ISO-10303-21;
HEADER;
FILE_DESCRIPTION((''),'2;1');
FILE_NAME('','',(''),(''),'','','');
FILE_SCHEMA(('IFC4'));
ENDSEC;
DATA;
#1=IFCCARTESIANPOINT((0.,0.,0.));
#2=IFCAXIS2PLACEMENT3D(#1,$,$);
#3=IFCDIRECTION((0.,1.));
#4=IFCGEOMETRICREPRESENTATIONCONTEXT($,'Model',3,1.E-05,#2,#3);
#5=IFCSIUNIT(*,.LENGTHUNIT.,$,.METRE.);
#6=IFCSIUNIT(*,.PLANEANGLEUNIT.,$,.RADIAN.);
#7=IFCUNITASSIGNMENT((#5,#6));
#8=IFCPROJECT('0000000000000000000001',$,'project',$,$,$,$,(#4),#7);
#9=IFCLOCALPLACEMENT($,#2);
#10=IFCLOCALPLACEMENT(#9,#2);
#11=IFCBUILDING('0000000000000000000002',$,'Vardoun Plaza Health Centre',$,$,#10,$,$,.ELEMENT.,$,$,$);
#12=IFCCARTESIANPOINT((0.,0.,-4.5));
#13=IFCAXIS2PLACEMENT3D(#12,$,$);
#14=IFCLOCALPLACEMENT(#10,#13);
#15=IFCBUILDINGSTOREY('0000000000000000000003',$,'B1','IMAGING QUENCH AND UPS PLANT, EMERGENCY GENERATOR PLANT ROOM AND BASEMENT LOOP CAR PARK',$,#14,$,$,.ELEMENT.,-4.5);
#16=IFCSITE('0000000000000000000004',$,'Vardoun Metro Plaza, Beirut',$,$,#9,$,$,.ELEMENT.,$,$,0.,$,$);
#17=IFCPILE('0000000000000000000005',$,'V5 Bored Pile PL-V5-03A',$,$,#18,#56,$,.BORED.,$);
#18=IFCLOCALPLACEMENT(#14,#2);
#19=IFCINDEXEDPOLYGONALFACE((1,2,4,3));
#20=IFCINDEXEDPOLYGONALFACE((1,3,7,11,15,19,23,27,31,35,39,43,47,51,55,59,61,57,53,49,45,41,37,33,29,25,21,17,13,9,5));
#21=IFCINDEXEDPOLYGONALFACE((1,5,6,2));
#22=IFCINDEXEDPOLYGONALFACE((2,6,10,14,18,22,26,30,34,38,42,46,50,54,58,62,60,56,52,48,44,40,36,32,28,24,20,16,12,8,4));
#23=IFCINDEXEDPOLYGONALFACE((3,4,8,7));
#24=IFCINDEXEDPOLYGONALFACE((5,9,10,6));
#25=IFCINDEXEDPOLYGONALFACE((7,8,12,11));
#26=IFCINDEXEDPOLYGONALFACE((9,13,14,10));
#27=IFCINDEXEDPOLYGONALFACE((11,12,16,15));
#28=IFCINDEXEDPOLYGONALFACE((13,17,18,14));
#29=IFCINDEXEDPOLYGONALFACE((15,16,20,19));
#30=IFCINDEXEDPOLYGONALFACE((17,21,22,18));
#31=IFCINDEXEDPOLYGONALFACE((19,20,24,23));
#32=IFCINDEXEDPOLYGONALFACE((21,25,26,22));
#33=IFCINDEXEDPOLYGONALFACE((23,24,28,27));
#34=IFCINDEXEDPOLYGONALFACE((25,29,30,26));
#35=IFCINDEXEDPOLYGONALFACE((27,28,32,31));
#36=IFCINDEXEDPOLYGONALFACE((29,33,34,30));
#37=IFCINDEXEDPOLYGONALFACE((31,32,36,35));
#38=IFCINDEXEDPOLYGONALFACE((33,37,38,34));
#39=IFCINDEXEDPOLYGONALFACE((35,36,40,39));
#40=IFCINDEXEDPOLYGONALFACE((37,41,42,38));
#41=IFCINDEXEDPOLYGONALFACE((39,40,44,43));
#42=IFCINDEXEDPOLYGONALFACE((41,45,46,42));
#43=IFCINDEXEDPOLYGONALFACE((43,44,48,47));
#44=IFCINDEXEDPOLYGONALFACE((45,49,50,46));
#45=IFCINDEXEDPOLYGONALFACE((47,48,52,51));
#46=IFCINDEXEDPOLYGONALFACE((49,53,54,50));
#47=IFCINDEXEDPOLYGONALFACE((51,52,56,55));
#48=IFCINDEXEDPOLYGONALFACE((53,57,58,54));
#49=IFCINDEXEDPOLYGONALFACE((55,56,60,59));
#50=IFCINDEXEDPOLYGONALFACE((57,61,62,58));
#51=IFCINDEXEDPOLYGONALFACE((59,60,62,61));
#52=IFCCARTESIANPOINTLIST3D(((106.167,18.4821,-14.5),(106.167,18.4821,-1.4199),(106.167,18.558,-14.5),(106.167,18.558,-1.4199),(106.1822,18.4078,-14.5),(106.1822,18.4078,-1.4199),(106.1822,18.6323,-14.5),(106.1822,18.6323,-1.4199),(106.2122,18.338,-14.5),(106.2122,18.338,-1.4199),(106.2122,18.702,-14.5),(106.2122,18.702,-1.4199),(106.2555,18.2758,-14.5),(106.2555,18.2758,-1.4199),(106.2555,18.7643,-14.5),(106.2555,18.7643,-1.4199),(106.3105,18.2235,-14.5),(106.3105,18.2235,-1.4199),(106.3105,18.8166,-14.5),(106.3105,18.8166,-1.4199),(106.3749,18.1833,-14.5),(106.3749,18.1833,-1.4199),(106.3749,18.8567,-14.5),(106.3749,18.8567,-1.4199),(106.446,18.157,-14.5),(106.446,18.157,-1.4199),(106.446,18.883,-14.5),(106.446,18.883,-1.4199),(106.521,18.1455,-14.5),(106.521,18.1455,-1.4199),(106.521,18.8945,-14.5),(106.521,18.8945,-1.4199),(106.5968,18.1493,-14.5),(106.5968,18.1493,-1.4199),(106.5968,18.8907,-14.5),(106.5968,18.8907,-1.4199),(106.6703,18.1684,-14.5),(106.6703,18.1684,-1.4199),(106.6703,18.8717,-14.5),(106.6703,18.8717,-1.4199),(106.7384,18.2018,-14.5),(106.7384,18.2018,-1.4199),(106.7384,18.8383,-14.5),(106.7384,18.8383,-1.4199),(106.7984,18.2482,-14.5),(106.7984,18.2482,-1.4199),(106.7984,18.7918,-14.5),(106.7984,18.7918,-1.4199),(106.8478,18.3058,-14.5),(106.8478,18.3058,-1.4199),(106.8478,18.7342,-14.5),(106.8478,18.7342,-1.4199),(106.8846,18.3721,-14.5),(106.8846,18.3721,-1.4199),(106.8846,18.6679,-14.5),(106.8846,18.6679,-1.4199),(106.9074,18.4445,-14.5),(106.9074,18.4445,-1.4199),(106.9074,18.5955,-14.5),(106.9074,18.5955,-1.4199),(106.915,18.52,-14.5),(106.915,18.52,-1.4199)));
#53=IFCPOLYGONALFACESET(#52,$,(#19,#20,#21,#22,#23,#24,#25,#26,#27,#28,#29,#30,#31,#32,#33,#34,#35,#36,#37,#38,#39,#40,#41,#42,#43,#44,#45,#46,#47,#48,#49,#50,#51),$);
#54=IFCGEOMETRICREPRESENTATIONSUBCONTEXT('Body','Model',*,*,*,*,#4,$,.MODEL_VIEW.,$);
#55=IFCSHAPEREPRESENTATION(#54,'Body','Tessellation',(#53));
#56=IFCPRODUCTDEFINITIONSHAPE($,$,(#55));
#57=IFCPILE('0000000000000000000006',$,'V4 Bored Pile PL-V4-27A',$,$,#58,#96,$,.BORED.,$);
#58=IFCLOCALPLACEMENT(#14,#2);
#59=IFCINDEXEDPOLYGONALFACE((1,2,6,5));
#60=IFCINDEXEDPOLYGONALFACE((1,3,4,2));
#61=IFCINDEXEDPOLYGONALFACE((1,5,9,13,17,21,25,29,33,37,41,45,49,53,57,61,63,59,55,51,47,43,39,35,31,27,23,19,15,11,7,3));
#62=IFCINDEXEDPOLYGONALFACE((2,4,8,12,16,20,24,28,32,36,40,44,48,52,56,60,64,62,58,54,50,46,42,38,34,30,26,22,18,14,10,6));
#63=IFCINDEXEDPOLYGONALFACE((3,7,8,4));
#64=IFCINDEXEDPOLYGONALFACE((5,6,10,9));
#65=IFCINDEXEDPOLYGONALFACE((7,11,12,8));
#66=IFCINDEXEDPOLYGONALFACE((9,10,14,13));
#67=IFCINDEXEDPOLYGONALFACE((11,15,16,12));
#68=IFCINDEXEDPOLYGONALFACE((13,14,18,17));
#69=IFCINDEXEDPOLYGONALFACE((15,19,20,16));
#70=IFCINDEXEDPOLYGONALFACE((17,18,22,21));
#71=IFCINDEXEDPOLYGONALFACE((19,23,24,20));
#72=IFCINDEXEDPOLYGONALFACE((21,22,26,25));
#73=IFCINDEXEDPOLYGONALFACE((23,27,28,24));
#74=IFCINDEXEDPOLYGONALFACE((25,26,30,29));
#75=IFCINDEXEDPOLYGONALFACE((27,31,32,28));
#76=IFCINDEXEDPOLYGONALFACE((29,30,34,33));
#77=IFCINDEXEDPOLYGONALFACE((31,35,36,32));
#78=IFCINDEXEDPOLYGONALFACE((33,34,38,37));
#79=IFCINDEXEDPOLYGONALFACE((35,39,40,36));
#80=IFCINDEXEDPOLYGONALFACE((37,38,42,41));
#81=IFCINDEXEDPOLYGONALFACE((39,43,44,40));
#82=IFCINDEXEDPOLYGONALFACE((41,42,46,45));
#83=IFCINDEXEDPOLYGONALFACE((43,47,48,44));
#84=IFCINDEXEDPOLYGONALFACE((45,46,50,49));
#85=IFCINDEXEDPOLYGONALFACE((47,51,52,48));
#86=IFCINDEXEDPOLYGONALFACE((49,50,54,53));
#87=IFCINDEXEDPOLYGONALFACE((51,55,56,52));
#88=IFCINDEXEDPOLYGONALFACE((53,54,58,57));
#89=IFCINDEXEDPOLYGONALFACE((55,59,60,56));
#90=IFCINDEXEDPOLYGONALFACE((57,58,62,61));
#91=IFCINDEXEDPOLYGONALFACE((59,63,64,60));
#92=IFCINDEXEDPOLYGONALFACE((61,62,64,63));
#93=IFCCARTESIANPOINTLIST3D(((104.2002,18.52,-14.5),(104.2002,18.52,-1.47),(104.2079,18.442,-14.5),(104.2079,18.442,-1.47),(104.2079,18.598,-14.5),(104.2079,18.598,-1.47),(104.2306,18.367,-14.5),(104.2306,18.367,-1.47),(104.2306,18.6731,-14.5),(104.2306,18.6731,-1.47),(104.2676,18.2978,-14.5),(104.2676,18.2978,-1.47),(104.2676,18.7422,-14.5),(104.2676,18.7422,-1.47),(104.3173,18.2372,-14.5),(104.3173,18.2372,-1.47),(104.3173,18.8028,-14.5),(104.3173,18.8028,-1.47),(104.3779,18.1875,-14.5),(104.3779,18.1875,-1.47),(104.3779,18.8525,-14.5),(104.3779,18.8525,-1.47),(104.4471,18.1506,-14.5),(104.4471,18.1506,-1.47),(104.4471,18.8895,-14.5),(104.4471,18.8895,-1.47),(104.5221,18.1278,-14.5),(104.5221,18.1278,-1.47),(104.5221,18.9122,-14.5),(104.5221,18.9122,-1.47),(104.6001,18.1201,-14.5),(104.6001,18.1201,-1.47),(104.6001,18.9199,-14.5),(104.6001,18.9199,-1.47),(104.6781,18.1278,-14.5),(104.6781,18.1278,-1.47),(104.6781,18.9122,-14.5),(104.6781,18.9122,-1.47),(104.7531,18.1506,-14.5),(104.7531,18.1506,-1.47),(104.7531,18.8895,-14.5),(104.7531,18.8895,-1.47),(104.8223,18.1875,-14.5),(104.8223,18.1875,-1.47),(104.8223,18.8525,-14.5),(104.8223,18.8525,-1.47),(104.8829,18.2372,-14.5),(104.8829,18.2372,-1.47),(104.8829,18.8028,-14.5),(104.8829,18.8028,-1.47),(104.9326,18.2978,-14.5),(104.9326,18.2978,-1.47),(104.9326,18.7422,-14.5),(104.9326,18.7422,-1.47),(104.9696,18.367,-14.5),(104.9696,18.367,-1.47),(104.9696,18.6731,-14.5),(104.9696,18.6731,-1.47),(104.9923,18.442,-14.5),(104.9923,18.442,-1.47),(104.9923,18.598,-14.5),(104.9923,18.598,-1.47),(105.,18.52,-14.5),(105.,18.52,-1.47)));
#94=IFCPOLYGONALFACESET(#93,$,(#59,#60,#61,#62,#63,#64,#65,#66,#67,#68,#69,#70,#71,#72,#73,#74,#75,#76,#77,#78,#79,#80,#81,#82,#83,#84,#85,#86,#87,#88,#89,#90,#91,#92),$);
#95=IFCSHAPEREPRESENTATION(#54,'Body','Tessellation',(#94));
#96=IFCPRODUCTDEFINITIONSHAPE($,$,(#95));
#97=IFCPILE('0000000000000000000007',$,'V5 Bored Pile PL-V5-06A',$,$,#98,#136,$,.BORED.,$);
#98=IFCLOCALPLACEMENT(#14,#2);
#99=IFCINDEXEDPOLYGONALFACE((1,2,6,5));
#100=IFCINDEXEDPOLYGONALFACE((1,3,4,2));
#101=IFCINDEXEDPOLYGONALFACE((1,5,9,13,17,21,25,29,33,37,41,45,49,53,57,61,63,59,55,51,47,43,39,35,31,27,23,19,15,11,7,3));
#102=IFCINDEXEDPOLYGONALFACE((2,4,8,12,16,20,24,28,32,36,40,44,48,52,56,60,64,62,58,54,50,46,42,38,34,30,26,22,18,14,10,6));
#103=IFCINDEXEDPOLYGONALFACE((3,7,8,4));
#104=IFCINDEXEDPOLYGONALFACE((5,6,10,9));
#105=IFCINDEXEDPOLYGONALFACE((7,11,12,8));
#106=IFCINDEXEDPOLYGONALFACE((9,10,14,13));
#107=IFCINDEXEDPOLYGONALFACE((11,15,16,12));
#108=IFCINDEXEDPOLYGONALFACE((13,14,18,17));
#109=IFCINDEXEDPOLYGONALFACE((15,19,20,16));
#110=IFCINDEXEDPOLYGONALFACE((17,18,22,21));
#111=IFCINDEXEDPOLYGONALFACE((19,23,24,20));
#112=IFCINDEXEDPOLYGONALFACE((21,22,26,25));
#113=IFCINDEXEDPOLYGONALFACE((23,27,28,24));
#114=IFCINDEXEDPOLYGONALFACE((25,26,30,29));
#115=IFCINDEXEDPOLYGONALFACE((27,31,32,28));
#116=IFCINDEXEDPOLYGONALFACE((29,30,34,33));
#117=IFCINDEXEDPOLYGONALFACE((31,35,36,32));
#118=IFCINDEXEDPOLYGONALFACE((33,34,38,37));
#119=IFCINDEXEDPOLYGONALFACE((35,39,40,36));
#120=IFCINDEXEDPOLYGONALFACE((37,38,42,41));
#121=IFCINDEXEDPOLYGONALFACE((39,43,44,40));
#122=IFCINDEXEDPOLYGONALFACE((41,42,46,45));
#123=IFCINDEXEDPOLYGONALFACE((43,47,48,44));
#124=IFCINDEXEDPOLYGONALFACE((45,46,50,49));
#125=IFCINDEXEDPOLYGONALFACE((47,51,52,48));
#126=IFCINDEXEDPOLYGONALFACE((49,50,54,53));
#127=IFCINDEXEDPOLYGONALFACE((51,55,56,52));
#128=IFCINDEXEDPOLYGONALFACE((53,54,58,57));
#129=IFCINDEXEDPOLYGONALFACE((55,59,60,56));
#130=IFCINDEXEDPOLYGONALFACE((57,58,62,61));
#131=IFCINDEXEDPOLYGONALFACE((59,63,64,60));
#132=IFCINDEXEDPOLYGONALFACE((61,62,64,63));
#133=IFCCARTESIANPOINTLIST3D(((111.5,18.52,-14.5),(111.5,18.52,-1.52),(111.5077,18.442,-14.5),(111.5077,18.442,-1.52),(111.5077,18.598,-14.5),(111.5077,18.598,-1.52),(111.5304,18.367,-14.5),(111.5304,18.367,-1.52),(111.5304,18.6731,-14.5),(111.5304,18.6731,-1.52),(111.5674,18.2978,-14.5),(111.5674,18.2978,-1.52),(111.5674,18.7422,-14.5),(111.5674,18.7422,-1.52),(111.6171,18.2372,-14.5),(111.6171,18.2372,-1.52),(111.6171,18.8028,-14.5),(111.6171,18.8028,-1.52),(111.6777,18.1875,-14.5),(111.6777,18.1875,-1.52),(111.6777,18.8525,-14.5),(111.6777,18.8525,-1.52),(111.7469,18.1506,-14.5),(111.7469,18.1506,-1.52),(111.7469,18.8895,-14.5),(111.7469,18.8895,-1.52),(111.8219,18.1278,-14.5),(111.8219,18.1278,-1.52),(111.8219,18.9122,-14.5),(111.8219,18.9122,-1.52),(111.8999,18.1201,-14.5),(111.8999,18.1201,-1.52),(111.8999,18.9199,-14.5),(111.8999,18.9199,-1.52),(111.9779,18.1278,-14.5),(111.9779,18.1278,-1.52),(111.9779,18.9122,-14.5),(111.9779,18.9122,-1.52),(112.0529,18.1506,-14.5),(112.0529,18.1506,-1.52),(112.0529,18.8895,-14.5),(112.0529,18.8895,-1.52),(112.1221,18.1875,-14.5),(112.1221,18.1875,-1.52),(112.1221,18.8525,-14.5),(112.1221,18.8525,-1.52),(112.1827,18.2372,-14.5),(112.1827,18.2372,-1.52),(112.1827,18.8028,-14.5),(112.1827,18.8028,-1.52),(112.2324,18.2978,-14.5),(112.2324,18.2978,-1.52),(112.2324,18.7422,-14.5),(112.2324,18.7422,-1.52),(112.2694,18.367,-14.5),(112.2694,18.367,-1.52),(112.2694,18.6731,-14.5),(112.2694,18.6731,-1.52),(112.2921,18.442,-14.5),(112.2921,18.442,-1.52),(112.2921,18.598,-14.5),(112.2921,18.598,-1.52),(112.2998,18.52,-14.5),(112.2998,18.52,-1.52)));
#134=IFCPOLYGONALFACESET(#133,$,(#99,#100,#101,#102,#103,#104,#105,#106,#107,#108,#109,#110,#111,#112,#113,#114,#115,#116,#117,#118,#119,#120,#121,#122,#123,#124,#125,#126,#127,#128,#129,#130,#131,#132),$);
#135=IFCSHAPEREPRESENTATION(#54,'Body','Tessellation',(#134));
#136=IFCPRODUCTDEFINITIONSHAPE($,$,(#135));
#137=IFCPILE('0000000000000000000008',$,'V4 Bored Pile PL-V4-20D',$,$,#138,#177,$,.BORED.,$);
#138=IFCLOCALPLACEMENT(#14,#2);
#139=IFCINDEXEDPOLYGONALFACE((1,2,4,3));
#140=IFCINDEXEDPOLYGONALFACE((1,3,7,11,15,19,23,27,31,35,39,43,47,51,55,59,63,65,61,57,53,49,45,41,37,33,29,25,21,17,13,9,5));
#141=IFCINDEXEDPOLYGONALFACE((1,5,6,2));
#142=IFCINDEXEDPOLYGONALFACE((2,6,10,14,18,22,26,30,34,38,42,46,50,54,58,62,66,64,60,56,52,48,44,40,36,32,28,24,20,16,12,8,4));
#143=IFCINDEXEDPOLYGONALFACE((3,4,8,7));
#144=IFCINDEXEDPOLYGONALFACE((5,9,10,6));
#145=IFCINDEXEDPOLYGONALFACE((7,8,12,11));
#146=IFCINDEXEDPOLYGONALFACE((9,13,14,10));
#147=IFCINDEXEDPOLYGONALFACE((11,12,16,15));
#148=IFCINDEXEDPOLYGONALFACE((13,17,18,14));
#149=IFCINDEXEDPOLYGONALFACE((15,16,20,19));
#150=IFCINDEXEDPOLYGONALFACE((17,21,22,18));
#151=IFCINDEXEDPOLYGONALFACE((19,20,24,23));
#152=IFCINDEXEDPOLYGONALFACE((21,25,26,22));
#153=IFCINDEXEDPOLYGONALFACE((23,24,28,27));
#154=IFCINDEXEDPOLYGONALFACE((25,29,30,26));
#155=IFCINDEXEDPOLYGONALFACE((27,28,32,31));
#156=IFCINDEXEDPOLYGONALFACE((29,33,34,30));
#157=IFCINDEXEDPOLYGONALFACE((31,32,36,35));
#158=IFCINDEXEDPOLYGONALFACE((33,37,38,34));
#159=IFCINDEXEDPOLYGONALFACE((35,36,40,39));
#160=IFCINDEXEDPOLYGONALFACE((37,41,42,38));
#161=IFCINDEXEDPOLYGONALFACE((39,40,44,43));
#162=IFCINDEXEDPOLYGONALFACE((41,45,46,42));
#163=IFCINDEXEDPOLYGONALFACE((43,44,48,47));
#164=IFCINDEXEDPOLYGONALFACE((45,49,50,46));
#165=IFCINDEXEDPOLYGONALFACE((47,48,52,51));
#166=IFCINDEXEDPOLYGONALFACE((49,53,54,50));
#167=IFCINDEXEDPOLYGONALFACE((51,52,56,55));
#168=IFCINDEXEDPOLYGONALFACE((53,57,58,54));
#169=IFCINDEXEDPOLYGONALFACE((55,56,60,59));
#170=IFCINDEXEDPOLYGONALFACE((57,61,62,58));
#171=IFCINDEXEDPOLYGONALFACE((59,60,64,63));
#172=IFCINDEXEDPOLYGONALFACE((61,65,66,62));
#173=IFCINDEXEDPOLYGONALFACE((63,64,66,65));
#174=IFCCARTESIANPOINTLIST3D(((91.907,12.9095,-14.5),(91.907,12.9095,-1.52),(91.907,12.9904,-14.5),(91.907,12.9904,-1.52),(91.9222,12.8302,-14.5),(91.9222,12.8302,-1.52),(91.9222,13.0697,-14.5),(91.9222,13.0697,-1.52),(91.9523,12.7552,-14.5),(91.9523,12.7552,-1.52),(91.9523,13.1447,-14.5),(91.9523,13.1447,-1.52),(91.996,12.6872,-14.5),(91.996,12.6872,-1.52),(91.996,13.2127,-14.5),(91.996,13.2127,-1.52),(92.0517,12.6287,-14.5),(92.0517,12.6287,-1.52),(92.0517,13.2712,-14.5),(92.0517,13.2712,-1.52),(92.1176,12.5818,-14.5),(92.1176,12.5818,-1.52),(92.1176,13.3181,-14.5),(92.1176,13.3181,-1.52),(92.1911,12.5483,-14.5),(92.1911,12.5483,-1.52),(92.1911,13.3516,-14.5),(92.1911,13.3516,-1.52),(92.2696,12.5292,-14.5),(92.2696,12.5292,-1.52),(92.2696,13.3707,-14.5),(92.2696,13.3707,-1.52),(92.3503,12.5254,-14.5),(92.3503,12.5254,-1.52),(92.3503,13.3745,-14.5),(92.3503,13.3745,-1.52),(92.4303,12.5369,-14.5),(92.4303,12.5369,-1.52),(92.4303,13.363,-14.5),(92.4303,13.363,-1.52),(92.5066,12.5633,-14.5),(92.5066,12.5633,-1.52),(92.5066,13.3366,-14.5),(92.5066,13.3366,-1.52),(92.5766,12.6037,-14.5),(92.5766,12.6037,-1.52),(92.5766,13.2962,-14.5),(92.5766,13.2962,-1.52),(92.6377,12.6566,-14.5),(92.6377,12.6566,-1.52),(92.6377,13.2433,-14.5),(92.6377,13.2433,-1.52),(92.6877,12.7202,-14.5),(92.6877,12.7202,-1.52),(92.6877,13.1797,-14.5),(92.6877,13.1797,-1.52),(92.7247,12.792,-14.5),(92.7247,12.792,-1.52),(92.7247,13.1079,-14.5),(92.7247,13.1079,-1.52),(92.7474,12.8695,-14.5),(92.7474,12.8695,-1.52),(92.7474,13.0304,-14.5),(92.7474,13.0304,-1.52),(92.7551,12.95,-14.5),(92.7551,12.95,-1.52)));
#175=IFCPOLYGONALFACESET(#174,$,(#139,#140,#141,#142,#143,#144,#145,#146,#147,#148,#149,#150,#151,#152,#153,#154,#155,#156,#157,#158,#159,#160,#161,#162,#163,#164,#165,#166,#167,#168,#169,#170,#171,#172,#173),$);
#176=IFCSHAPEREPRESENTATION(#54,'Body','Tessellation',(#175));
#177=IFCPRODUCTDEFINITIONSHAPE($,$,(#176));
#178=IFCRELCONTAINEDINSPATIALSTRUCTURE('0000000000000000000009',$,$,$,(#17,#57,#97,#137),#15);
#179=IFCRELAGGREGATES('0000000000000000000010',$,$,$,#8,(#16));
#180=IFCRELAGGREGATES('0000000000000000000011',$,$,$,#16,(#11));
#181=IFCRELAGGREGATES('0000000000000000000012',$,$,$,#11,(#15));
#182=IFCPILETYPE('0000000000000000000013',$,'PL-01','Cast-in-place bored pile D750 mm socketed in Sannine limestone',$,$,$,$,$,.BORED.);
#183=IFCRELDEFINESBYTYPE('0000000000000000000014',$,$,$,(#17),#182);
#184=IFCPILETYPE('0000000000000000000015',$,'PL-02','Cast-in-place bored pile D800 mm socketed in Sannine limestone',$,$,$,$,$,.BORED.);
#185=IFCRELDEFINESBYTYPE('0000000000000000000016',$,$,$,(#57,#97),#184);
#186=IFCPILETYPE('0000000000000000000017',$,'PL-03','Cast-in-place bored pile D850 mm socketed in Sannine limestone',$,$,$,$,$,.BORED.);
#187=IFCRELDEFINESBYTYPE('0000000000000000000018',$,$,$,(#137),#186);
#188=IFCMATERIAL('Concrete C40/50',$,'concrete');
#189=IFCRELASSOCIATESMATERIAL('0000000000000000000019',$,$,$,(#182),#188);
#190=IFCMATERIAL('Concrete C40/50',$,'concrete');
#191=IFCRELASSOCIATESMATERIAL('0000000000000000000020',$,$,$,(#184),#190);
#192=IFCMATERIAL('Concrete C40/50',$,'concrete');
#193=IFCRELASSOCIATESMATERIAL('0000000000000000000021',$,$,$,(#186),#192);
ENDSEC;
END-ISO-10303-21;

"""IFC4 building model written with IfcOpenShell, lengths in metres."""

from ifc_helpers import new_model, si_unit, direction, frame, origin, origin_2d, place, context, subcontext, project, spatial, circle, extrude, material, material_profile, profile_set, type_object, element, save


model = new_model("IFC4")

# Units and contexts
model_context = context("Model", 3, precision=1e-05, world=origin(), true_north=direction((0.0, 1.0)))
body_context = subcontext(model_context, "Body", "Model", "MODEL_VIEW")
ifc_project = project(units=[si_unit("LENGTHUNIT", "METRE"), si_unit("PLANEANGLEUNIT", "RADIAN")], contexts=[model_context])

# Site, building, storey
site_placement = place(None, origin())
site = spatial("IfcSite", under=ifc_project, at=site_placement, Name="Vardoun Metro Plaza, Beirut", CompositionType="ELEMENT", RefElevation=0.0)
building_placement = place(site_placement, origin())
building = spatial("IfcBuilding", under=site, at=building_placement, Name="Vardoun Plaza Health Centre", CompositionType="ELEMENT")
storey_placement = place(building_placement, frame((0.0, 0.0, -4.5)))
storey = spatial("IfcBuildingStorey", under=building, at=storey_placement, Name="B1", Description="IMAGING QUENCH AND UPS PLANT, EMERGENCY GENERATOR PLANT ROOM AND BASEMENT LOOP CAR PARK", CompositionType="ELEMENT", Elevation=-4.5)

# Piles
ifc_material_1 = material(Name="Concrete C40/50", Category="concrete")
ifc_material_profile_1 = material_profile(ifc_material_1, circle(Radius=0.375, at=origin_2d()), Name="PILE D750")
ifc_profile_set_1 = profile_set([ifc_material_profile_1], Name="Concrete C40/50")
pile_type_1 = type_object("IfcPileType", Name="PL-01", Description="Cast-in-place bored pile D750 mm socketed in Sannine limestone", PredefinedType="BORED", material=ifc_profile_set_1)
pile_1_placement = place(storey_placement, frame((106.54, 18.52, -1.4199), z_axis=(0.0, 0.0, -1.0), x_axis=(1.0, 0.0, 0.0)))
element("IfcPile", 1, at=pile_1_placement, inside=storey, type_object=pile_type_1, Name="V5 Bored Pile PL-V5-03A", PredefinedType="BORED", context=body_context, shape_type="SweptSolid", body=[
    extrude(circle(Radius=0.375, at=origin_2d()), origin(), (0.0, 0.0, 1.0), 13.0801),
])
ifc_material_2 = material(Name="Concrete C40/50", Category="concrete")
ifc_material_profile_2 = material_profile(ifc_material_2, circle(Radius=0.3999, at=origin_2d()), Name="PILE D800")
ifc_profile_set_2 = profile_set([ifc_material_profile_2], Name="Concrete C40/50")
pile_type_2 = type_object("IfcPileType", Name="PL-02", Description="Cast-in-place bored pile D800 mm socketed in Sannine limestone", PredefinedType="BORED", material=ifc_profile_set_2)
pile_2_placement = place(storey_placement, frame((104.6001, 18.52, -1.47), z_axis=(0.0, 0.0, -1.0), x_axis=(1.0, 0.0, 0.0)))
element("IfcPile", 2, at=pile_2_placement, inside=storey, type_object=pile_type_2, Name="V4 Bored Pile PL-V4-27A", PredefinedType="BORED", context=body_context, shape_type="SweptSolid", body=[
    extrude(circle(Radius=0.3999, at=origin_2d()), origin(), (0.0, 0.0, 1.0), 13.03),
])
pile_3_placement = place(storey_placement, frame((111.8999, 18.52, -1.52), z_axis=(0.0, 0.0, -1.0), x_axis=(1.0, 0.0, 0.0)))
element("IfcPile", 3, at=pile_3_placement, inside=storey, type_object=pile_type_2, Name="V5 Bored Pile PL-V5-06A", PredefinedType="BORED", context=body_context, shape_type="SweptSolid", body=[
    extrude(circle(Radius=0.3999, at=origin_2d()), origin(), (0.0, 0.0, 1.0), 12.98),
])
ifc_material_3 = material(Name="Concrete C40/50", Category="concrete")
ifc_material_profile_3 = material_profile(ifc_material_3, circle(Radius=0.425, at=origin_2d()), Name="PILE D850")
ifc_profile_set_3 = profile_set([ifc_material_profile_3], Name="Concrete C40/50")
pile_type_3 = type_object("IfcPileType", Name="PL-03", Description="Cast-in-place bored pile D850 mm socketed in Sannine limestone", PredefinedType="BORED", material=ifc_profile_set_3)
pile_4_placement = place(storey_placement, frame((92.3301, 12.95, -1.52), z_axis=(0.0, 0.0, -1.0), x_axis=(1.0, 0.0, 0.0)))
element("IfcPile", 4, at=pile_4_placement, inside=storey, type_object=pile_type_3, Name="V4 Bored Pile PL-V4-20D", PredefinedType="BORED", context=body_context, shape_type="SweptSolid", body=[
    extrude(circle(Radius=0.425, at=origin_2d()), origin(), (0.0, 0.0, 1.0), 12.98),
])

save(model, "model.ifc")
